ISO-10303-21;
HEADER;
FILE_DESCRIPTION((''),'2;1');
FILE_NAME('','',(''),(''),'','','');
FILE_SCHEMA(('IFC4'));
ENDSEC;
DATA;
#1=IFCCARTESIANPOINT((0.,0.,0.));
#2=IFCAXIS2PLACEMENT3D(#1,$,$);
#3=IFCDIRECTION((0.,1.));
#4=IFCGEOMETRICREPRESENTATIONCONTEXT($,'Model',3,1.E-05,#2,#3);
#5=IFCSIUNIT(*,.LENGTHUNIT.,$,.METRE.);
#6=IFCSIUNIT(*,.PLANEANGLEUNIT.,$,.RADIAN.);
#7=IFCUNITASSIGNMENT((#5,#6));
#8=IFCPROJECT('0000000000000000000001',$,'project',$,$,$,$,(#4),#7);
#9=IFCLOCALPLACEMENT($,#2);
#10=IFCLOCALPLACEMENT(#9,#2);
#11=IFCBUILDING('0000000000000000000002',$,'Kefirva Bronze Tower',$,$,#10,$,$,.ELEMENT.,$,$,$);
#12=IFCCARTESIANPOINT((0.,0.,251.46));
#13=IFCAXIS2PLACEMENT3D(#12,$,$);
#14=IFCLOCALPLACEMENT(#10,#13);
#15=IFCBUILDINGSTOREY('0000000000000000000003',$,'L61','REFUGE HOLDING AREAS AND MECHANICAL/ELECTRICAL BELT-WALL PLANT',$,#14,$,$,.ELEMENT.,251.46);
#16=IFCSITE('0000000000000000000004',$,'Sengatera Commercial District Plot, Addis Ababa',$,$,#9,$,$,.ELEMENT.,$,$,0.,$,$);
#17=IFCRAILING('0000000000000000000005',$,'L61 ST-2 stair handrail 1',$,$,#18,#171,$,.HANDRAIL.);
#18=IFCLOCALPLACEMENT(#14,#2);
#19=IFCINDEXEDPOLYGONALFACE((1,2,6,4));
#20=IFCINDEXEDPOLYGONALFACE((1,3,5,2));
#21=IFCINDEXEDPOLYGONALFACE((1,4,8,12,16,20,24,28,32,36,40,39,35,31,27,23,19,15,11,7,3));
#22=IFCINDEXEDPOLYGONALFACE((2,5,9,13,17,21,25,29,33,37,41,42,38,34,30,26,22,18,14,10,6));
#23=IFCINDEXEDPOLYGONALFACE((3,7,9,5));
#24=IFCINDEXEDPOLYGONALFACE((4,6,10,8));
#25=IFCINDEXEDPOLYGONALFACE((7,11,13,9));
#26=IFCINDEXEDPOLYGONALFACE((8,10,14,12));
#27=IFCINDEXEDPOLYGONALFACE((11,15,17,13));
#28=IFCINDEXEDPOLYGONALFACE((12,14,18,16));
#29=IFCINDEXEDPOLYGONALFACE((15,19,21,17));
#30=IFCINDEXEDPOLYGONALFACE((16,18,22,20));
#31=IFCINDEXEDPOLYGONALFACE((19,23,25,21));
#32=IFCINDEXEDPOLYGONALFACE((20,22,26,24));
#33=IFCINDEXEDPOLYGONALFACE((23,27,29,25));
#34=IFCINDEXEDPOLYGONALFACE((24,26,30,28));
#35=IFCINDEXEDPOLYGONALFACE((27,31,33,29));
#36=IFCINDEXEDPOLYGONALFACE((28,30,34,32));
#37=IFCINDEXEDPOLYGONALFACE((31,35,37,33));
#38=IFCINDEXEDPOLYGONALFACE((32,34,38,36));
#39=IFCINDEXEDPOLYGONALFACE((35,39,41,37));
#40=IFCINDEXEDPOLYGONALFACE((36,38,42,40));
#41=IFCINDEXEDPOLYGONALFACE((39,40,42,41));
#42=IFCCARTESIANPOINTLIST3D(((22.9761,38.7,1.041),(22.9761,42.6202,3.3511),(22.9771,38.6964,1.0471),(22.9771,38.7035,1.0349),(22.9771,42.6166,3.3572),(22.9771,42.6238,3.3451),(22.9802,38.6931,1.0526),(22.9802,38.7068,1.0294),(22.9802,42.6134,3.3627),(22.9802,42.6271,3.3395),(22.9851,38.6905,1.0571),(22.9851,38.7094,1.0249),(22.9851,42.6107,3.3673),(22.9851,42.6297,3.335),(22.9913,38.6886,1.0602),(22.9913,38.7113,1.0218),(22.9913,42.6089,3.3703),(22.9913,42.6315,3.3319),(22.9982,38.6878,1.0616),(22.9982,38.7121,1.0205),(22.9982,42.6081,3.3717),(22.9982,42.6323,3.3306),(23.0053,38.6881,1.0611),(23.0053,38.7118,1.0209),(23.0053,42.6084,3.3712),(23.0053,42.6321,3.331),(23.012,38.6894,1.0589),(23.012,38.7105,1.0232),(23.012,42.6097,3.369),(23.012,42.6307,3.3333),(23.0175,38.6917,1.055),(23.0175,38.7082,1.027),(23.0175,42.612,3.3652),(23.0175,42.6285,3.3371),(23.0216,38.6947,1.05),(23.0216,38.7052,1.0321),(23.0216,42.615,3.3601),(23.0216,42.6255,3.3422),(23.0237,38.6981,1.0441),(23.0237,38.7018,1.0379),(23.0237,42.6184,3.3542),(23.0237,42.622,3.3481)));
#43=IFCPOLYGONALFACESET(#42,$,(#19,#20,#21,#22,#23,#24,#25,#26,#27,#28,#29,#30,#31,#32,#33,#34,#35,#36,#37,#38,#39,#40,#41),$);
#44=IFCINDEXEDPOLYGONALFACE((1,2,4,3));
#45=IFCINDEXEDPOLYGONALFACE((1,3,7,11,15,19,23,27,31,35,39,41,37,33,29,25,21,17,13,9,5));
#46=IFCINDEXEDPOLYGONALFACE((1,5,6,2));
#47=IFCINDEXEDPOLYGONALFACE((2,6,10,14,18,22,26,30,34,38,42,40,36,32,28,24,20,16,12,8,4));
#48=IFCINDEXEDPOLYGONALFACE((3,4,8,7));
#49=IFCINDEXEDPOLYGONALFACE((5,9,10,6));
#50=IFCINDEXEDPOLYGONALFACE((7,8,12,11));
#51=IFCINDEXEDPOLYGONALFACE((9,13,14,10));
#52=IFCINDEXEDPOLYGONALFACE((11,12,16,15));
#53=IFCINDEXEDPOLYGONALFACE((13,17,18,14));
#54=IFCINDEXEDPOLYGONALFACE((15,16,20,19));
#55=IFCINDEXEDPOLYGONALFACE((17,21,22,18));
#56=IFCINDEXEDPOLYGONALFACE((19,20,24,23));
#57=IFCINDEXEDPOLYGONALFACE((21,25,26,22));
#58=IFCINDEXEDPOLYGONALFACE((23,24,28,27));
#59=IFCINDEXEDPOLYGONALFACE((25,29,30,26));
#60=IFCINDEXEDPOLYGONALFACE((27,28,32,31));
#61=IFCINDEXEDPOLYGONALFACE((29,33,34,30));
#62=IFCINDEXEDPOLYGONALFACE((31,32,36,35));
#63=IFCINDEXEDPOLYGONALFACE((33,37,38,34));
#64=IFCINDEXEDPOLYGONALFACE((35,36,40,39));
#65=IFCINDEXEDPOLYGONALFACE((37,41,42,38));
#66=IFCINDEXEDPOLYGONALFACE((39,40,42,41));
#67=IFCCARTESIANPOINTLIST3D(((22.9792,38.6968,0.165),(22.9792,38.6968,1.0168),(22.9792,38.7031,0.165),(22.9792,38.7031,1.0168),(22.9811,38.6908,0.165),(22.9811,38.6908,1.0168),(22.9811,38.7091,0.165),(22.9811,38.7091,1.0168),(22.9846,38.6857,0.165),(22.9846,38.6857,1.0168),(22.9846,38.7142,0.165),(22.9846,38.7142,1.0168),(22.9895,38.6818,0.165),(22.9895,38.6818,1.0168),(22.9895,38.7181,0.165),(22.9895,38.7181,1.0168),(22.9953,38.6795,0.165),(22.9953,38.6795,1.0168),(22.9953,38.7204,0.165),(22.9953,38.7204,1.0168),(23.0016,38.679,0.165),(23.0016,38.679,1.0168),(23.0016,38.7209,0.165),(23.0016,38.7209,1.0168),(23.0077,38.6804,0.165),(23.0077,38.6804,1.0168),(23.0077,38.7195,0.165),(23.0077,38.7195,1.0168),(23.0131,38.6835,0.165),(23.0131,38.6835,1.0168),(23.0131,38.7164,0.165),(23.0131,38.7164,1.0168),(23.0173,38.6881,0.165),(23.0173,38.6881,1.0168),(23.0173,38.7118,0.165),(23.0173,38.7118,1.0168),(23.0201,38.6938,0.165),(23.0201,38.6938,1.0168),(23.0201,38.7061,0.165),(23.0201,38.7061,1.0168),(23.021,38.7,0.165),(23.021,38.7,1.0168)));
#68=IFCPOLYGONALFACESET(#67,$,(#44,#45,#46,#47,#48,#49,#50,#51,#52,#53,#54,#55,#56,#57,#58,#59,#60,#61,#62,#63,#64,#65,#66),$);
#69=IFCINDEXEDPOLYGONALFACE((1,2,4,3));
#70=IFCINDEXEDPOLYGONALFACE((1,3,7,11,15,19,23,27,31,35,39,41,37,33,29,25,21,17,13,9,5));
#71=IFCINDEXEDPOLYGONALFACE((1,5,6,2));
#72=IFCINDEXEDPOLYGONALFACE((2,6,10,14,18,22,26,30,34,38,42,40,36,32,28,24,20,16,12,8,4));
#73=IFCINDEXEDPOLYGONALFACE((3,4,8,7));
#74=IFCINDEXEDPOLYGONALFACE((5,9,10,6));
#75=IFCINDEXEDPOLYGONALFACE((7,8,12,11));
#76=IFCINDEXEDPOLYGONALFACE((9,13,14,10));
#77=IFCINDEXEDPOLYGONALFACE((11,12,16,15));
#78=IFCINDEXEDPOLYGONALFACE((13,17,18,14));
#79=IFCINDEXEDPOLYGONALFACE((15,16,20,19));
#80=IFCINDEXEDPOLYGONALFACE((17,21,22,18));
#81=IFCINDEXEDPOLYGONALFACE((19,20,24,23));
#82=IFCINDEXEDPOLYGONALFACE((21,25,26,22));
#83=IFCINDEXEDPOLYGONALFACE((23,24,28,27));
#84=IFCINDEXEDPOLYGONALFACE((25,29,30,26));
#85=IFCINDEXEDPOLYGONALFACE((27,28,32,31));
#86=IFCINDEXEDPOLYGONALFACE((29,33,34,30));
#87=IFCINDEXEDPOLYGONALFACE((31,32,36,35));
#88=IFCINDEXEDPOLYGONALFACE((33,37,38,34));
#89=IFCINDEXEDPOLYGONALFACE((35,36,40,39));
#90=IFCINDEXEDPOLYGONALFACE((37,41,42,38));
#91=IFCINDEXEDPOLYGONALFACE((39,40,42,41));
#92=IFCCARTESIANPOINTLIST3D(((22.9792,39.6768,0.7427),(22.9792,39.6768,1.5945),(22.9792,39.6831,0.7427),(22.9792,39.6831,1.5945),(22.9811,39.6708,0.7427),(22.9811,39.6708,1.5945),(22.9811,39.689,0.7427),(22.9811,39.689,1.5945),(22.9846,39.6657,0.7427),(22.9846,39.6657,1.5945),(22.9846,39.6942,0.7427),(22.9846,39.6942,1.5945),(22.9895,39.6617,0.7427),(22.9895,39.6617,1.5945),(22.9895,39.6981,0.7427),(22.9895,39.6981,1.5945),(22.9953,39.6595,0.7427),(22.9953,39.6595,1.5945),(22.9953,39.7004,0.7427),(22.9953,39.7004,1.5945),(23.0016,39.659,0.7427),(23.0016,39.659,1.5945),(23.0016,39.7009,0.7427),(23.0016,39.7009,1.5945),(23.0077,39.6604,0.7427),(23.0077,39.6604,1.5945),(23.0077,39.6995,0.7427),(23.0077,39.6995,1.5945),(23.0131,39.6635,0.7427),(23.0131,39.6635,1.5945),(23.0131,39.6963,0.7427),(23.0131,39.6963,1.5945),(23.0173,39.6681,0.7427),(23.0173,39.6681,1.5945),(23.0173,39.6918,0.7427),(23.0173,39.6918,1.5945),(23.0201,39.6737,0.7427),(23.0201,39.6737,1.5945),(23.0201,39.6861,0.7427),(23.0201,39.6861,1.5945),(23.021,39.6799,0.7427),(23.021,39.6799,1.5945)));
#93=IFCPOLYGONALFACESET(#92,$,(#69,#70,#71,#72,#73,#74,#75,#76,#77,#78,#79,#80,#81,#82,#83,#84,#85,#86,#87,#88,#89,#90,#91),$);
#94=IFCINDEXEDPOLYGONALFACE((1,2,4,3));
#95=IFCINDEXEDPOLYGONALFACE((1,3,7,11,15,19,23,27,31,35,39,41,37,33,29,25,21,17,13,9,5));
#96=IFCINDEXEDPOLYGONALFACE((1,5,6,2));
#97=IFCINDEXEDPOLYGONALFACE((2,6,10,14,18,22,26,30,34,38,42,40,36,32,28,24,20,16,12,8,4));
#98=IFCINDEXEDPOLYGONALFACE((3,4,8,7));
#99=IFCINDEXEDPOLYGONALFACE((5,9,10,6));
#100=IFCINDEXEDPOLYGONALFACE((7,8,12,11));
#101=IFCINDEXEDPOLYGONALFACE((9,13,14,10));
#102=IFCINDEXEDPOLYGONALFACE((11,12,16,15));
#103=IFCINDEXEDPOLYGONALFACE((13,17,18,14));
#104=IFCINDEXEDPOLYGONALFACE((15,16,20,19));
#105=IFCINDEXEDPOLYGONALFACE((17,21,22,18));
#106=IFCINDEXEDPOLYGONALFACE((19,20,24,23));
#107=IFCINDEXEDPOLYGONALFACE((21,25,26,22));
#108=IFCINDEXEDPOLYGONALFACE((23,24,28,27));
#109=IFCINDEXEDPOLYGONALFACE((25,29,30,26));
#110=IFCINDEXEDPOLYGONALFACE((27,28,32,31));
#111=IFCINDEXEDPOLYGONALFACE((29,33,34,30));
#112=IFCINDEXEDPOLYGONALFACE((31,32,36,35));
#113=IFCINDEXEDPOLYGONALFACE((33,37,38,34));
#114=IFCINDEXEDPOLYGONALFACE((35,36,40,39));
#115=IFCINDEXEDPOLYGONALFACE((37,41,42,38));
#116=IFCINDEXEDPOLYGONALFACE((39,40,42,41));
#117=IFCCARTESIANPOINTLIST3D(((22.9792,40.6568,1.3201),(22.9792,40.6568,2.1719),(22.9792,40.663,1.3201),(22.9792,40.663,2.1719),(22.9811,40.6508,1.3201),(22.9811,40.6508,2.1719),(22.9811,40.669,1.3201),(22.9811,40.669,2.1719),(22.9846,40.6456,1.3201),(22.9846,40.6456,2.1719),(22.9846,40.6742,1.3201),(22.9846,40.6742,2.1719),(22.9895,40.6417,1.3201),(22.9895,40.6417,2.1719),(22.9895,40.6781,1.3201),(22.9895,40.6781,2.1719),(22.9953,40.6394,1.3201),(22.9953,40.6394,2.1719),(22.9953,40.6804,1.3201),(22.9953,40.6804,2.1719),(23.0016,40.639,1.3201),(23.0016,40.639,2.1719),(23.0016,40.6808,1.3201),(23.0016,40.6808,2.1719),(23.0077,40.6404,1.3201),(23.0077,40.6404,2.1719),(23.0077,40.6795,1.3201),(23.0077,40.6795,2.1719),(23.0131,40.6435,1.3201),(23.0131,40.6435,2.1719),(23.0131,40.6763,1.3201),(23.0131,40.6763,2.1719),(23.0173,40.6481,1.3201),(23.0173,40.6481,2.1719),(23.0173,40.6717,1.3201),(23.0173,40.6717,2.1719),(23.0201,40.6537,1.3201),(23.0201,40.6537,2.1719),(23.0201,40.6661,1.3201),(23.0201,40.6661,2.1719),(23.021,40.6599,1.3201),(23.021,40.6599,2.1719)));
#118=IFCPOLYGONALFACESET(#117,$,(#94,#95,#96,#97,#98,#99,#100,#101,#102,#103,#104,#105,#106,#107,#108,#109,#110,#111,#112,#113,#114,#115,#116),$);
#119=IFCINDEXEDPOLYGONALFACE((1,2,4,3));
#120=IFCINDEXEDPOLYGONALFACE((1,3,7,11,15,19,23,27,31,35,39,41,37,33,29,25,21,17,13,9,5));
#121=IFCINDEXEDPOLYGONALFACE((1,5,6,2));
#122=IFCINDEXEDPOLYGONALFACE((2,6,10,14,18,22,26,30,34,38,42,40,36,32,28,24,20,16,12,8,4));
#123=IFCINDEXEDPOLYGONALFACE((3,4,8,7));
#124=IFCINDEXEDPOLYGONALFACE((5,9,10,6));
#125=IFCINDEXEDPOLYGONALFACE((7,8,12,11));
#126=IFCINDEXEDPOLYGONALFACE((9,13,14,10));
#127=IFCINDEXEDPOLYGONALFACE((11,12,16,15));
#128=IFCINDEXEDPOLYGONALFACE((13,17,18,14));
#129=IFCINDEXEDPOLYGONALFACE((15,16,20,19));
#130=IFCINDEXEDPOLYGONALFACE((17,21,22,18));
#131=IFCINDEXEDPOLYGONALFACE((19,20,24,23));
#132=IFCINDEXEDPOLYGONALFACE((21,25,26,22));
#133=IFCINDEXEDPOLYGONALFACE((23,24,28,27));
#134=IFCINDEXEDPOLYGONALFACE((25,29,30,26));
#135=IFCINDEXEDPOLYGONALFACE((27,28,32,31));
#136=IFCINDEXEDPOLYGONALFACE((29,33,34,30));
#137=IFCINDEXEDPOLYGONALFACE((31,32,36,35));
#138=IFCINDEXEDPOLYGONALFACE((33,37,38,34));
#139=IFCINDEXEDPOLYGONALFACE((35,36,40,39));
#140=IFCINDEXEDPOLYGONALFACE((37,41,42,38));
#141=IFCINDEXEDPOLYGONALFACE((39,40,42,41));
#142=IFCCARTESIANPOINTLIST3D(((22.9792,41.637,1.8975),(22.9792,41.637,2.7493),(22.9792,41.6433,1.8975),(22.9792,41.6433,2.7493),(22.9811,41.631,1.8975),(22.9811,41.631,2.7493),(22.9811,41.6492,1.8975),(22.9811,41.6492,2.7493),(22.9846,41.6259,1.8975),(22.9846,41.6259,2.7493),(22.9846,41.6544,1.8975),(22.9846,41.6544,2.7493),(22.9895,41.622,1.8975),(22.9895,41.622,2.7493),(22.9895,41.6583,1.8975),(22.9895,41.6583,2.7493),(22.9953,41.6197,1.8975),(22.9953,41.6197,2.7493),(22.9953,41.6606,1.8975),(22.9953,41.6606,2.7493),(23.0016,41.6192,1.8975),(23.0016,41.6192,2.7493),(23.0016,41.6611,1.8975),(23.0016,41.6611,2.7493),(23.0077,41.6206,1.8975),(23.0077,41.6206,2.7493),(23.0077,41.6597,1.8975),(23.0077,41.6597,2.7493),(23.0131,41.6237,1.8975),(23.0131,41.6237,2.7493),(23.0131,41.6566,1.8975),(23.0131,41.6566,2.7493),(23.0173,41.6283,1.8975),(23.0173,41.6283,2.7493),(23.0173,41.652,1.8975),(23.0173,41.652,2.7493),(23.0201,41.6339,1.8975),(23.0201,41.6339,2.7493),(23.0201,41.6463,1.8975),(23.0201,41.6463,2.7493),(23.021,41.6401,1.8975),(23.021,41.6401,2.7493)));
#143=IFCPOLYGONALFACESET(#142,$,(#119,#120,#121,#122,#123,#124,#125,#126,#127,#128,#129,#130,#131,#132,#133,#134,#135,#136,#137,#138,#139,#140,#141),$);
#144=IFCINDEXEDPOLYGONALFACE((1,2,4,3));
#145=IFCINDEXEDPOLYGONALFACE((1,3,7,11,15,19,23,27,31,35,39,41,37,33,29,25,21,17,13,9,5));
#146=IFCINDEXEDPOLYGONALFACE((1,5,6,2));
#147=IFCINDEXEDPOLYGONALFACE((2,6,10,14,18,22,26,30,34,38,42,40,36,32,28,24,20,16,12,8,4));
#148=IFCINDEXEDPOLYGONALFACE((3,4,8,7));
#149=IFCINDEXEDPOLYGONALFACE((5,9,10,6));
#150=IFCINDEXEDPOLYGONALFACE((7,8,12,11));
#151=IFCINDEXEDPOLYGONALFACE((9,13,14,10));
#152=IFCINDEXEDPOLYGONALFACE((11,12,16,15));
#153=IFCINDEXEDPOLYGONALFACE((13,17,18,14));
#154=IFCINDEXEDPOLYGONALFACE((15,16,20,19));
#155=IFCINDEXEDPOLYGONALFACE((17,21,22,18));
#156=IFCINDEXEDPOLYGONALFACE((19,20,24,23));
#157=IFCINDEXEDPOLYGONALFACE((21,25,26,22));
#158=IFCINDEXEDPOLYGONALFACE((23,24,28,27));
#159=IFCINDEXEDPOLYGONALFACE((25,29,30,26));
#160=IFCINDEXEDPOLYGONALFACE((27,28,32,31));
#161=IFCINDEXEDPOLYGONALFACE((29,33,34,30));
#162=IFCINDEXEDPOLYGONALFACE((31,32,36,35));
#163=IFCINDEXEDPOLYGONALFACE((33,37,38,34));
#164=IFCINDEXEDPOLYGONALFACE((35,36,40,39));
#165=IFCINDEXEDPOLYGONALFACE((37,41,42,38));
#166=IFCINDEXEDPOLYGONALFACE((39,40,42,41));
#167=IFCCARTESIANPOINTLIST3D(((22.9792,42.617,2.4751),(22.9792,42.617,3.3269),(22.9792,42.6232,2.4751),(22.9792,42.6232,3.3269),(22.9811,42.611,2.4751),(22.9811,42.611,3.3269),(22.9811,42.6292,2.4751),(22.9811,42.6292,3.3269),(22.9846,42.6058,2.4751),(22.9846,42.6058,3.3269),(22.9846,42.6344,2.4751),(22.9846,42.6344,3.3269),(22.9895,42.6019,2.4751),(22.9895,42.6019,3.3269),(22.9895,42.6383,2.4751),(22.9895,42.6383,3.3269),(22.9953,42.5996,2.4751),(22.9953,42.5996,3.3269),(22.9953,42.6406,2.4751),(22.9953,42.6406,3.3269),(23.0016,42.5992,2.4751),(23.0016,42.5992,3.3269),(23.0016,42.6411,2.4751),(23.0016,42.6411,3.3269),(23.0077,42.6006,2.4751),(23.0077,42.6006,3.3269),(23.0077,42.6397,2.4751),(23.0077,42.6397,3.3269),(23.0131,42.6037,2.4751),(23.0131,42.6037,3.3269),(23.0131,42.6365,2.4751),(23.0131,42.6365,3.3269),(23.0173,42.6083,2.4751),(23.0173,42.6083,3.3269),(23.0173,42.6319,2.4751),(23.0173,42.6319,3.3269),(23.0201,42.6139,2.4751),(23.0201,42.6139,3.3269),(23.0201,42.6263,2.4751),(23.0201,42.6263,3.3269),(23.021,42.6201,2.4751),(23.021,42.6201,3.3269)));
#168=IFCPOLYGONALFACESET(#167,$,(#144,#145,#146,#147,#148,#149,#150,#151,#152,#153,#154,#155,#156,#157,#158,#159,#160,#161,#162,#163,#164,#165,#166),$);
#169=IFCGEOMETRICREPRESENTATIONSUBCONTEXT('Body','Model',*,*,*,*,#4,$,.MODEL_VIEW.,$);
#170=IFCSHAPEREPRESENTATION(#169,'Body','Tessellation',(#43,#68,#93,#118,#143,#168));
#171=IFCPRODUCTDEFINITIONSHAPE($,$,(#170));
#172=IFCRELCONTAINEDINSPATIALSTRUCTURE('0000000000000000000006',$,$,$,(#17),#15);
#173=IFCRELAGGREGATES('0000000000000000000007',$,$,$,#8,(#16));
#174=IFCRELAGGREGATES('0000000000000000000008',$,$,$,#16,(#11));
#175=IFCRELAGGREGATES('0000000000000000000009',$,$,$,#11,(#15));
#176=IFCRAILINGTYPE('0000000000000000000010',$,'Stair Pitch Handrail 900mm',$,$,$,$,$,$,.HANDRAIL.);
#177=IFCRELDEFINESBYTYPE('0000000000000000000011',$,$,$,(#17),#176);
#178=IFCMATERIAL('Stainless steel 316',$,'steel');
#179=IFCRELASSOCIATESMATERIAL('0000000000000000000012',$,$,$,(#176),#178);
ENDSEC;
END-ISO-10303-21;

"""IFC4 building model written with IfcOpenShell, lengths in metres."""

from ifc_helpers import new_model, si_unit, direction, frame, origin, origin_2d, place, context, subcontext, project, spatial, circle, extrude, material, type_object, element, save


model = new_model("IFC4")

# Units and contexts
model_context = context("Model", 3, precision=1e-05, world=origin(), true_north=direction((0.0, 1.0)))
body_context = subcontext(model_context, "Body", "Model", "MODEL_VIEW")
ifc_project = project(units=[si_unit("LENGTHUNIT", "METRE"), si_unit("PLANEANGLEUNIT", "RADIAN")], contexts=[model_context])

# Site, building, storey
site_placement = place(None, origin())
site = spatial("IfcSite", under=ifc_project, at=site_placement, Name="Sengatera Commercial District Plot, Addis Ababa", CompositionType="ELEMENT", RefElevation=0.0)
building_placement = place(site_placement, origin())
building = spatial("IfcBuilding", under=site, at=building_placement, Name="Kefirva Bronze Tower", CompositionType="ELEMENT")
storey_placement = place(building_placement, frame((0.0, 0.0, 251.46)))
storey = spatial("IfcBuildingStorey", under=building, at=storey_placement, Name="L61", Description="REFUGE HOLDING AREAS AND MECHANICAL/ELECTRICAL BELT-WALL PLANT", CompositionType="ELEMENT", Elevation=251.46)

# Railing
ifc_material_1 = material(Name="Stainless steel 316", Category="steel")
railing_type = type_object("IfcRailingType", Name="Stair Pitch Handrail 900mm", PredefinedType="HANDRAIL", material=ifc_material_1)
railing_placement = place(storey_placement, frame((23.0, 38.7, 0.165)))
element("IfcRailing", 1, at=railing_placement, inside=storey, type_object=railing_type, Name="L61 ST-2 stair handrail 1", PredefinedType="HANDRAIL", context=body_context, shape_type="SweptSolid", body=[
    extrude(circle(Radius=0.0239, at=origin_2d()), frame((0.0, 0.0, 0.876), z_axis=(0.0, 0.861542, 0.507686), x_axis=(-1.0, 0.0, 0.0)), (0.0, 0.0, 1.0), 4.5503),
    extrude(circle(Radius=0.021, at=origin_2d()), origin(), (0.0, 0.0, 1.0), 0.8518),
    extrude(circle(Radius=0.021, at=origin_2d()), frame((0.0, 0.98, 0.5776)), (0.0, 0.0, 1.0), 0.8518),
    extrude(circle(Radius=0.021, at=origin_2d()), frame((0.0, 1.96, 1.155)), (0.0, 0.0, 1.0), 0.8518),
    extrude(circle(Radius=0.021, at=origin_2d()), frame((0.0, 2.9402, 1.7324)), (0.0, 0.0, 1.0), 0.8518),
    extrude(circle(Radius=0.021, at=origin_2d()), frame((0.0, 3.9202, 2.3101)), (0.0, 0.0, 1.0), 0.8518),
])

save(model, "model.ifc")
